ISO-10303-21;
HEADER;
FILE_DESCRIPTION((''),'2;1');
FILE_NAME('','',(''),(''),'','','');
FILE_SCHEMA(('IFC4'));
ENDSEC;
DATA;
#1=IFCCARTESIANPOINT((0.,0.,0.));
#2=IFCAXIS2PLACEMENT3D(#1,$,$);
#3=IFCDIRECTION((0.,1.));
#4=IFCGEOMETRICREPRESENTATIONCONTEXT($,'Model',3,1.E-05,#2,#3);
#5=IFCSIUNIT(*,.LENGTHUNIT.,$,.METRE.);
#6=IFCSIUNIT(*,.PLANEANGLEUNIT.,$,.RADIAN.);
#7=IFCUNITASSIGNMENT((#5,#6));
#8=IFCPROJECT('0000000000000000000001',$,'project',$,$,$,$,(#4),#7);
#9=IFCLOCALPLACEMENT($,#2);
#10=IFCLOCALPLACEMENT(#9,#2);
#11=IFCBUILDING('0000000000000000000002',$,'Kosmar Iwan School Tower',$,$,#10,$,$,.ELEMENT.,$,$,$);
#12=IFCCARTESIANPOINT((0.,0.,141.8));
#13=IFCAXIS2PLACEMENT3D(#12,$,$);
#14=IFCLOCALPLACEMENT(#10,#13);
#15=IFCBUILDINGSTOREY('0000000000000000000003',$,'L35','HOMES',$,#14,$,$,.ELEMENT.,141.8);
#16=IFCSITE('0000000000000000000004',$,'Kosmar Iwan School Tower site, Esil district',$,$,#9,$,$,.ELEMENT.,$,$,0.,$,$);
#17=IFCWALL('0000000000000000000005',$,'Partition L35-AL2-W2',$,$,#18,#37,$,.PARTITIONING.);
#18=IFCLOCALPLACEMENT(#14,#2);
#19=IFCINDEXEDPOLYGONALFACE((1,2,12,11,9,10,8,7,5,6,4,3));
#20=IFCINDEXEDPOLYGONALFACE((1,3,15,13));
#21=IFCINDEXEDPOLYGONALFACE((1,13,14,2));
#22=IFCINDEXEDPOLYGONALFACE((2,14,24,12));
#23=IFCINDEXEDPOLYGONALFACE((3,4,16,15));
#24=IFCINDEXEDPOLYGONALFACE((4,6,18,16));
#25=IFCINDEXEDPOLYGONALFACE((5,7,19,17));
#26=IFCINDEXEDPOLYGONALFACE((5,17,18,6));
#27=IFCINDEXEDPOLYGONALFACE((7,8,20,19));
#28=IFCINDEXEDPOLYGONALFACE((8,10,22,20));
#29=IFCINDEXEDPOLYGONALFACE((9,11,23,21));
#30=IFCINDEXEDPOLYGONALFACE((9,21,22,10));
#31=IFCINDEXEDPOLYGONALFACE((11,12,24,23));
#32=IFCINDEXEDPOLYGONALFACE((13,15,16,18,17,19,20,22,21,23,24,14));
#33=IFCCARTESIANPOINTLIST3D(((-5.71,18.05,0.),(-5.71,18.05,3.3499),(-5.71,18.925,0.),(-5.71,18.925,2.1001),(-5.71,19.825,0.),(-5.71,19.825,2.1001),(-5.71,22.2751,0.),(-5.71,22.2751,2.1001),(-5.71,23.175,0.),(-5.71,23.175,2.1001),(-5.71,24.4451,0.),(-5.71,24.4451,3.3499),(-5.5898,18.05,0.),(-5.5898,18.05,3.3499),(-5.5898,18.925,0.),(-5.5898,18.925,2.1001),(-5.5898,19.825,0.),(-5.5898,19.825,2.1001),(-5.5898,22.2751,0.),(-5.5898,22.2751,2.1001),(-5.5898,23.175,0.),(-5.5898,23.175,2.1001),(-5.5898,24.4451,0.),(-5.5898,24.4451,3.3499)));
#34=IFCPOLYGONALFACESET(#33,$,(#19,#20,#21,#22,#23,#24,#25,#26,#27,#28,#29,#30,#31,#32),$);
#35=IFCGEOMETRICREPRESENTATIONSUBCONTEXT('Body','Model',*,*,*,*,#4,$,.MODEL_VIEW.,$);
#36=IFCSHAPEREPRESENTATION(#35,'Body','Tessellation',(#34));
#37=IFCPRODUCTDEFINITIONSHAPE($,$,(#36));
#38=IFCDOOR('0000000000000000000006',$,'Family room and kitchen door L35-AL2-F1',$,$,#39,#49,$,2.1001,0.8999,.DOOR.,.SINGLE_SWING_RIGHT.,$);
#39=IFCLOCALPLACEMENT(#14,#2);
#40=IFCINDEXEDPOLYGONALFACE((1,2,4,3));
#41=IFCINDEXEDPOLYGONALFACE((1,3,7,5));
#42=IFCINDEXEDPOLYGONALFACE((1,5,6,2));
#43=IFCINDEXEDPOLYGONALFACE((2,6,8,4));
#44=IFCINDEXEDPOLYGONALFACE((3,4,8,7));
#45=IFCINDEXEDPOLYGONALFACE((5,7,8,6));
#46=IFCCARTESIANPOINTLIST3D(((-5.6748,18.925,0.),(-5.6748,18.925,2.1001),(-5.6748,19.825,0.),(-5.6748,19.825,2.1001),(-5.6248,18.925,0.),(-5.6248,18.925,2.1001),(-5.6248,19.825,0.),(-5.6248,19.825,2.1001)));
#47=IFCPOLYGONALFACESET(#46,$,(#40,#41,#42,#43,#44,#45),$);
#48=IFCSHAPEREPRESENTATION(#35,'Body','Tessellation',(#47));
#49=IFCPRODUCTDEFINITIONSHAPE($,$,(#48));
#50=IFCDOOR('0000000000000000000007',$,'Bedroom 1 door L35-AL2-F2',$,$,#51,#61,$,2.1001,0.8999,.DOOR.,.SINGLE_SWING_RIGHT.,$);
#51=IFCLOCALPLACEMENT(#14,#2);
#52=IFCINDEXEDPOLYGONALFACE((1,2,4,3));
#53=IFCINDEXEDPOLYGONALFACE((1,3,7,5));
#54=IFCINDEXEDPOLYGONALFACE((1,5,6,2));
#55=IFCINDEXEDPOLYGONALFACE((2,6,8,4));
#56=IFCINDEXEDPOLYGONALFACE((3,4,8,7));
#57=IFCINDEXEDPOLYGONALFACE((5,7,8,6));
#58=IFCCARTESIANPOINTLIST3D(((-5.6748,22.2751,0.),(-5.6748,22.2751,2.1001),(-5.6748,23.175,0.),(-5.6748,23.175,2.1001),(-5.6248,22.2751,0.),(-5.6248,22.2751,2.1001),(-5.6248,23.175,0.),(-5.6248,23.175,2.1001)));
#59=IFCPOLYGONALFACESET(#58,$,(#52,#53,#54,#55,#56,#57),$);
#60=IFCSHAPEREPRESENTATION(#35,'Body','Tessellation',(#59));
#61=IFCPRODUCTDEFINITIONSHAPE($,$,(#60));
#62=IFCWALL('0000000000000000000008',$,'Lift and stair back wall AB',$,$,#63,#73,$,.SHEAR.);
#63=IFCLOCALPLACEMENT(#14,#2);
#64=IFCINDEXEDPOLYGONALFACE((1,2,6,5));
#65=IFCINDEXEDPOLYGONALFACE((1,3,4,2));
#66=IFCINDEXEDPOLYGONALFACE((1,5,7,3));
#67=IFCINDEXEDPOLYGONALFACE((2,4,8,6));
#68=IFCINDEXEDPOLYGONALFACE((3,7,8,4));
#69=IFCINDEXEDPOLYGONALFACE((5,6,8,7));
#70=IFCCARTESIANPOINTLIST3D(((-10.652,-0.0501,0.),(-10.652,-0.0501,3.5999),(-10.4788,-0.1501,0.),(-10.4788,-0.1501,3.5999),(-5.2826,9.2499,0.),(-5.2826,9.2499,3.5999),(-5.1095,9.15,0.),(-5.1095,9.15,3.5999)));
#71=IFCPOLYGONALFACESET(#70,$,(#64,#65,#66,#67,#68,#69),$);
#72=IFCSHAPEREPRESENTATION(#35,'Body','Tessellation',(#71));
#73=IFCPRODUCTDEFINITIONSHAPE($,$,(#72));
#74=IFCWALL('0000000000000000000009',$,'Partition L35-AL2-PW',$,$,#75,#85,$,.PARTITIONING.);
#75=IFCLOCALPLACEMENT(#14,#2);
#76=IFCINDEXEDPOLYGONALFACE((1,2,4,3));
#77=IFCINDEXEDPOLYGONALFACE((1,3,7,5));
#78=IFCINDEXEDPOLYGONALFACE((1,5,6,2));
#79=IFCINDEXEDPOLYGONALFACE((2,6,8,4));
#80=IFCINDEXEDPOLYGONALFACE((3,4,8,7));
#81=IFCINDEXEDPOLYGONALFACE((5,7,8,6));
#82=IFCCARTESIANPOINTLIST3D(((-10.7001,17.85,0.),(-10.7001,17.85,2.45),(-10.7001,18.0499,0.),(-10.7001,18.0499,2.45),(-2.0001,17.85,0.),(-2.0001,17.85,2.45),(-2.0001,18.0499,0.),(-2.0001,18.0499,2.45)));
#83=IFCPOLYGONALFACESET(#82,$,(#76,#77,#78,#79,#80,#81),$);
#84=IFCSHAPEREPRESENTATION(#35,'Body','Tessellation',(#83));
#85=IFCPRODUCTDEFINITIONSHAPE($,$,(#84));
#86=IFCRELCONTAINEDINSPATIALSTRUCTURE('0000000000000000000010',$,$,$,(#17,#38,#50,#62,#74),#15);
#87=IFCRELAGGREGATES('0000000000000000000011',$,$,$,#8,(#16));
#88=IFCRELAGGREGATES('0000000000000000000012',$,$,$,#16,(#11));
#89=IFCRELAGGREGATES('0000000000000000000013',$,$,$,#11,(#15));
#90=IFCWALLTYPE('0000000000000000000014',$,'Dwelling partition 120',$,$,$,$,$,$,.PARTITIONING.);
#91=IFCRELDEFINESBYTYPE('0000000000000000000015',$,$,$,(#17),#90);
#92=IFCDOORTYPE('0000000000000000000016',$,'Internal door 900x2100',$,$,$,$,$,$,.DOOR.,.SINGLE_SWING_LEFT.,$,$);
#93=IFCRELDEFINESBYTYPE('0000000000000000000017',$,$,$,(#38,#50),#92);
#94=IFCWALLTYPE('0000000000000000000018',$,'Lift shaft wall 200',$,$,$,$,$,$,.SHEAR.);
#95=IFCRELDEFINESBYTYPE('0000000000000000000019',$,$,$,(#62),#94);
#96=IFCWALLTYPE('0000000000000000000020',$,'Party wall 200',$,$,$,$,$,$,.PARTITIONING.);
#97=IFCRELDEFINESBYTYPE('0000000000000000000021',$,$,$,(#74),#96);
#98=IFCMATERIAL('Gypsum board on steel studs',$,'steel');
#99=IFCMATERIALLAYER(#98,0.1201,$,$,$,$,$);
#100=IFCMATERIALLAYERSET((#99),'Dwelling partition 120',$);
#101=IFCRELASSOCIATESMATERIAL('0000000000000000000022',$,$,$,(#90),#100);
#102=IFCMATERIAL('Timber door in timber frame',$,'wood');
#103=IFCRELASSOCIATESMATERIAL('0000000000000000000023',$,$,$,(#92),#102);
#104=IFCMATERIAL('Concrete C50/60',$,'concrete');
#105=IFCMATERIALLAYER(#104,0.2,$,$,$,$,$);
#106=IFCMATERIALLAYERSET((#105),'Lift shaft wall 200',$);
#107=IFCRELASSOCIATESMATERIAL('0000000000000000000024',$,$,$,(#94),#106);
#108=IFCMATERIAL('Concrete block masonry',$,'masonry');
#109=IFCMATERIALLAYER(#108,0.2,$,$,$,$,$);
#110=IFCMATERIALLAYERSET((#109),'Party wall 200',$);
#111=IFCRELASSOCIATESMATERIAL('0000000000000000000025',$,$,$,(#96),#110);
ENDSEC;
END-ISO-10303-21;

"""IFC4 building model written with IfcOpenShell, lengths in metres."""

from ifc_helpers import new_model, si_unit, direction, frame, frame_2d, origin, place, context, subcontext, project, spatial, rectangle, extrude, material, layer, layer_set, type_object, element, fill, save


model = new_model("IFC4")

# Units and contexts
model_context = context("Model", 3, precision=1e-05, world=origin(), true_north=direction((0.0, 1.0)))
body_context = subcontext(model_context, "Body", "Model", "MODEL_VIEW")
ifc_project = project(units=[si_unit("LENGTHUNIT", "METRE"), si_unit("PLANEANGLEUNIT", "RADIAN")], contexts=[model_context])

# Site, building, storey
site_placement = place(None, origin())
site = spatial("IfcSite", under=ifc_project, at=site_placement, Name="Kosmar Iwan School Tower site, Esil district", CompositionType="ELEMENT", RefElevation=0.0)
building_placement = place(site_placement, origin())
building = spatial("IfcBuilding", under=site, at=building_placement, Name="Kosmar Iwan School Tower", CompositionType="ELEMENT")
storey_placement = place(building_placement, frame((0.0, 0.0, 141.8)))
storey = spatial("IfcBuildingStorey", under=building, at=storey_placement, Name="L35", Description="HOMES", CompositionType="ELEMENT", Elevation=141.8)

# Shared definitions
ifc_material_1 = material(Name="Gypsum board on steel studs", Category="steel")
ifc_layer_1 = layer(ifc_material_1, 0.1201)
ifc_layer_set_1 = layer_set([ifc_layer_1], Name="Dwelling partition 120")
wall_type_1 = type_object("IfcWallType", Name="Dwelling partition 120", PredefinedType="PARTITIONING", material=ifc_layer_set_1)
ifc_material_2 = material(Name="Timber door in timber frame", Category="wood")
door_type_1 = type_object("IfcDoorType", Name="Internal door 900x2100", OperationType="SINGLE_SWING_LEFT", PredefinedType="DOOR", material=ifc_material_2)

# Wall, openings, doors
wall_1_placement = place(storey_placement, frame((-5.6499, 18.05, 0.0), z_axis=(0.0, 0.0, 1.0), x_axis=(0.0, 1.0, 0.0)))
wall_1 = element("IfcWall", 1, at=wall_1_placement, inside=storey, type_object=wall_type_1, Name="Partition L35-AL2-W2", PredefinedType="PARTITIONING", context=body_context, shape_type="SweptSolid", body=[
    extrude(rectangle(XDim=6.395, YDim=0.1201, at=frame_2d((3.1975, 0.0))), origin(), (0.0, 0.0, 1.0), 3.3499),
])
opening_1_placement = place(wall_1_placement, frame((0.875, 0.0, 0.0)))
opening_1 = element("IfcOpeningElement", 2, at=opening_1_placement, cuts=wall_1, PredefinedType="OPENING", context=body_context, shape_type="SweptSolid", body=[
    extrude(rectangle(XDim=0.8999, YDim=2.1001, at=frame_2d((0.45, 1.05))), frame((0.0, 0.072, 0.0), z_axis=(0.0, -1.0, 0.0), x_axis=(1.0, 0.0, 0.0)), (0.0, 0.0, 1.0), 0.144),
])
opening_2_placement = place(wall_1_placement, frame((4.2251, 0.0, 0.0)))
opening_2 = element("IfcOpeningElement", 3, at=opening_2_placement, cuts=wall_1, PredefinedType="OPENING", context=body_context, shape_type="SweptSolid", body=[
    extrude(rectangle(XDim=0.8999, YDim=2.1001, at=frame_2d((0.45, 1.05))), frame((0.0, 0.072, 0.0), z_axis=(0.0, -1.0, 0.0), x_axis=(1.0, 0.0, 0.0)), (0.0, 0.0, 1.0), 0.144),
])
door_1_placement = place(opening_1_placement, origin())
door_1 = element("IfcDoor", 4, at=door_1_placement, inside=storey, type_object=door_type_1, Name="Family room and kitchen door L35-AL2-F1", OperationType="SINGLE_SWING_RIGHT", OverallHeight=2.1001, OverallWidth=0.8999, PredefinedType="DOOR", context=body_context, shape_type="SweptSolid", body=[
    extrude(rectangle(XDim=0.8999, YDim=2.1001, at=frame_2d((0.45, 1.05))), frame((0.0, 0.0249, 0.0), z_axis=(0.0, -1.0, 0.0), x_axis=(1.0, 0.0, 0.0)), (0.0, 0.0, 1.0), 0.05),
])
fill(opening_1, door_1)
door_2_placement = place(opening_2_placement, origin())
door_2 = element("IfcDoor", 5, at=door_2_placement, inside=storey, type_object=door_type_1, Name="Bedroom 1 door L35-AL2-F2", OperationType="SINGLE_SWING_RIGHT", OverallHeight=2.1001, OverallWidth=0.8999, PredefinedType="DOOR", context=body_context, shape_type="SweptSolid", body=[
    extrude(rectangle(XDim=0.8999, YDim=2.1001, at=frame_2d((0.45, 1.05))), frame((0.0, 0.0249, 0.0), z_axis=(0.0, -1.0, 0.0), x_axis=(1.0, 0.0, 0.0)), (0.0, 0.0, 1.0), 0.05),
])
fill(opening_2, door_2)

# Walls
ifc_material_3 = material(Name="Concrete C50/60", Category="concrete")
ifc_layer_2 = layer(ifc_material_3, 0.2)
ifc_layer_set_2 = layer_set([ifc_layer_2], Name="Lift shaft wall 200")
wall_type_2 = type_object("IfcWallType", Name="Lift shaft wall 200", PredefinedType="SHEAR", material=ifc_layer_set_2)
wall_2_placement = place(storey_placement, frame((-5.196, 9.2, 0.0), z_axis=(0.0, 0.0, 1.0), x_axis=(-0.5, -0.866025, 0.0)))
element("IfcWall", 6, at=wall_2_placement, inside=storey, type_object=wall_type_2, Name="Lift and stair back wall AB", PredefinedType="SHEAR", context=body_context, shape_type="SweptSolid", body=[
    extrude(rectangle(XDim=10.7388, YDim=0.2, at=frame_2d((5.3694, 0.0))), origin(), (0.0, 0.0, 1.0), 3.5999),
])
ifc_material_4 = material(Name="Concrete block masonry", Category="masonry")
ifc_layer_3 = layer(ifc_material_4, 0.2)
ifc_layer_set_3 = layer_set([ifc_layer_3], Name="Party wall 200")
wall_type_3 = type_object("IfcWallType", Name="Party wall 200", PredefinedType="PARTITIONING", material=ifc_layer_set_3)
wall_3_placement = place(storey_placement, frame((-2.0, 17.95, 0.0), z_axis=(0.0, 0.0, 1.0), x_axis=(-1.0, 0.0, 0.0)))
element("IfcWall", 7, at=wall_3_placement, inside=storey, type_object=wall_type_3, Name="Partition L35-AL2-PW", PredefinedType="PARTITIONING", context=body_context, shape_type="SweptSolid", body=[
    extrude(rectangle(XDim=8.7, YDim=0.2, at=frame_2d((4.3501, 0.0))), origin(), (0.0, 0.0, 1.0), 2.45),
])

save(model, "model.ifc")
